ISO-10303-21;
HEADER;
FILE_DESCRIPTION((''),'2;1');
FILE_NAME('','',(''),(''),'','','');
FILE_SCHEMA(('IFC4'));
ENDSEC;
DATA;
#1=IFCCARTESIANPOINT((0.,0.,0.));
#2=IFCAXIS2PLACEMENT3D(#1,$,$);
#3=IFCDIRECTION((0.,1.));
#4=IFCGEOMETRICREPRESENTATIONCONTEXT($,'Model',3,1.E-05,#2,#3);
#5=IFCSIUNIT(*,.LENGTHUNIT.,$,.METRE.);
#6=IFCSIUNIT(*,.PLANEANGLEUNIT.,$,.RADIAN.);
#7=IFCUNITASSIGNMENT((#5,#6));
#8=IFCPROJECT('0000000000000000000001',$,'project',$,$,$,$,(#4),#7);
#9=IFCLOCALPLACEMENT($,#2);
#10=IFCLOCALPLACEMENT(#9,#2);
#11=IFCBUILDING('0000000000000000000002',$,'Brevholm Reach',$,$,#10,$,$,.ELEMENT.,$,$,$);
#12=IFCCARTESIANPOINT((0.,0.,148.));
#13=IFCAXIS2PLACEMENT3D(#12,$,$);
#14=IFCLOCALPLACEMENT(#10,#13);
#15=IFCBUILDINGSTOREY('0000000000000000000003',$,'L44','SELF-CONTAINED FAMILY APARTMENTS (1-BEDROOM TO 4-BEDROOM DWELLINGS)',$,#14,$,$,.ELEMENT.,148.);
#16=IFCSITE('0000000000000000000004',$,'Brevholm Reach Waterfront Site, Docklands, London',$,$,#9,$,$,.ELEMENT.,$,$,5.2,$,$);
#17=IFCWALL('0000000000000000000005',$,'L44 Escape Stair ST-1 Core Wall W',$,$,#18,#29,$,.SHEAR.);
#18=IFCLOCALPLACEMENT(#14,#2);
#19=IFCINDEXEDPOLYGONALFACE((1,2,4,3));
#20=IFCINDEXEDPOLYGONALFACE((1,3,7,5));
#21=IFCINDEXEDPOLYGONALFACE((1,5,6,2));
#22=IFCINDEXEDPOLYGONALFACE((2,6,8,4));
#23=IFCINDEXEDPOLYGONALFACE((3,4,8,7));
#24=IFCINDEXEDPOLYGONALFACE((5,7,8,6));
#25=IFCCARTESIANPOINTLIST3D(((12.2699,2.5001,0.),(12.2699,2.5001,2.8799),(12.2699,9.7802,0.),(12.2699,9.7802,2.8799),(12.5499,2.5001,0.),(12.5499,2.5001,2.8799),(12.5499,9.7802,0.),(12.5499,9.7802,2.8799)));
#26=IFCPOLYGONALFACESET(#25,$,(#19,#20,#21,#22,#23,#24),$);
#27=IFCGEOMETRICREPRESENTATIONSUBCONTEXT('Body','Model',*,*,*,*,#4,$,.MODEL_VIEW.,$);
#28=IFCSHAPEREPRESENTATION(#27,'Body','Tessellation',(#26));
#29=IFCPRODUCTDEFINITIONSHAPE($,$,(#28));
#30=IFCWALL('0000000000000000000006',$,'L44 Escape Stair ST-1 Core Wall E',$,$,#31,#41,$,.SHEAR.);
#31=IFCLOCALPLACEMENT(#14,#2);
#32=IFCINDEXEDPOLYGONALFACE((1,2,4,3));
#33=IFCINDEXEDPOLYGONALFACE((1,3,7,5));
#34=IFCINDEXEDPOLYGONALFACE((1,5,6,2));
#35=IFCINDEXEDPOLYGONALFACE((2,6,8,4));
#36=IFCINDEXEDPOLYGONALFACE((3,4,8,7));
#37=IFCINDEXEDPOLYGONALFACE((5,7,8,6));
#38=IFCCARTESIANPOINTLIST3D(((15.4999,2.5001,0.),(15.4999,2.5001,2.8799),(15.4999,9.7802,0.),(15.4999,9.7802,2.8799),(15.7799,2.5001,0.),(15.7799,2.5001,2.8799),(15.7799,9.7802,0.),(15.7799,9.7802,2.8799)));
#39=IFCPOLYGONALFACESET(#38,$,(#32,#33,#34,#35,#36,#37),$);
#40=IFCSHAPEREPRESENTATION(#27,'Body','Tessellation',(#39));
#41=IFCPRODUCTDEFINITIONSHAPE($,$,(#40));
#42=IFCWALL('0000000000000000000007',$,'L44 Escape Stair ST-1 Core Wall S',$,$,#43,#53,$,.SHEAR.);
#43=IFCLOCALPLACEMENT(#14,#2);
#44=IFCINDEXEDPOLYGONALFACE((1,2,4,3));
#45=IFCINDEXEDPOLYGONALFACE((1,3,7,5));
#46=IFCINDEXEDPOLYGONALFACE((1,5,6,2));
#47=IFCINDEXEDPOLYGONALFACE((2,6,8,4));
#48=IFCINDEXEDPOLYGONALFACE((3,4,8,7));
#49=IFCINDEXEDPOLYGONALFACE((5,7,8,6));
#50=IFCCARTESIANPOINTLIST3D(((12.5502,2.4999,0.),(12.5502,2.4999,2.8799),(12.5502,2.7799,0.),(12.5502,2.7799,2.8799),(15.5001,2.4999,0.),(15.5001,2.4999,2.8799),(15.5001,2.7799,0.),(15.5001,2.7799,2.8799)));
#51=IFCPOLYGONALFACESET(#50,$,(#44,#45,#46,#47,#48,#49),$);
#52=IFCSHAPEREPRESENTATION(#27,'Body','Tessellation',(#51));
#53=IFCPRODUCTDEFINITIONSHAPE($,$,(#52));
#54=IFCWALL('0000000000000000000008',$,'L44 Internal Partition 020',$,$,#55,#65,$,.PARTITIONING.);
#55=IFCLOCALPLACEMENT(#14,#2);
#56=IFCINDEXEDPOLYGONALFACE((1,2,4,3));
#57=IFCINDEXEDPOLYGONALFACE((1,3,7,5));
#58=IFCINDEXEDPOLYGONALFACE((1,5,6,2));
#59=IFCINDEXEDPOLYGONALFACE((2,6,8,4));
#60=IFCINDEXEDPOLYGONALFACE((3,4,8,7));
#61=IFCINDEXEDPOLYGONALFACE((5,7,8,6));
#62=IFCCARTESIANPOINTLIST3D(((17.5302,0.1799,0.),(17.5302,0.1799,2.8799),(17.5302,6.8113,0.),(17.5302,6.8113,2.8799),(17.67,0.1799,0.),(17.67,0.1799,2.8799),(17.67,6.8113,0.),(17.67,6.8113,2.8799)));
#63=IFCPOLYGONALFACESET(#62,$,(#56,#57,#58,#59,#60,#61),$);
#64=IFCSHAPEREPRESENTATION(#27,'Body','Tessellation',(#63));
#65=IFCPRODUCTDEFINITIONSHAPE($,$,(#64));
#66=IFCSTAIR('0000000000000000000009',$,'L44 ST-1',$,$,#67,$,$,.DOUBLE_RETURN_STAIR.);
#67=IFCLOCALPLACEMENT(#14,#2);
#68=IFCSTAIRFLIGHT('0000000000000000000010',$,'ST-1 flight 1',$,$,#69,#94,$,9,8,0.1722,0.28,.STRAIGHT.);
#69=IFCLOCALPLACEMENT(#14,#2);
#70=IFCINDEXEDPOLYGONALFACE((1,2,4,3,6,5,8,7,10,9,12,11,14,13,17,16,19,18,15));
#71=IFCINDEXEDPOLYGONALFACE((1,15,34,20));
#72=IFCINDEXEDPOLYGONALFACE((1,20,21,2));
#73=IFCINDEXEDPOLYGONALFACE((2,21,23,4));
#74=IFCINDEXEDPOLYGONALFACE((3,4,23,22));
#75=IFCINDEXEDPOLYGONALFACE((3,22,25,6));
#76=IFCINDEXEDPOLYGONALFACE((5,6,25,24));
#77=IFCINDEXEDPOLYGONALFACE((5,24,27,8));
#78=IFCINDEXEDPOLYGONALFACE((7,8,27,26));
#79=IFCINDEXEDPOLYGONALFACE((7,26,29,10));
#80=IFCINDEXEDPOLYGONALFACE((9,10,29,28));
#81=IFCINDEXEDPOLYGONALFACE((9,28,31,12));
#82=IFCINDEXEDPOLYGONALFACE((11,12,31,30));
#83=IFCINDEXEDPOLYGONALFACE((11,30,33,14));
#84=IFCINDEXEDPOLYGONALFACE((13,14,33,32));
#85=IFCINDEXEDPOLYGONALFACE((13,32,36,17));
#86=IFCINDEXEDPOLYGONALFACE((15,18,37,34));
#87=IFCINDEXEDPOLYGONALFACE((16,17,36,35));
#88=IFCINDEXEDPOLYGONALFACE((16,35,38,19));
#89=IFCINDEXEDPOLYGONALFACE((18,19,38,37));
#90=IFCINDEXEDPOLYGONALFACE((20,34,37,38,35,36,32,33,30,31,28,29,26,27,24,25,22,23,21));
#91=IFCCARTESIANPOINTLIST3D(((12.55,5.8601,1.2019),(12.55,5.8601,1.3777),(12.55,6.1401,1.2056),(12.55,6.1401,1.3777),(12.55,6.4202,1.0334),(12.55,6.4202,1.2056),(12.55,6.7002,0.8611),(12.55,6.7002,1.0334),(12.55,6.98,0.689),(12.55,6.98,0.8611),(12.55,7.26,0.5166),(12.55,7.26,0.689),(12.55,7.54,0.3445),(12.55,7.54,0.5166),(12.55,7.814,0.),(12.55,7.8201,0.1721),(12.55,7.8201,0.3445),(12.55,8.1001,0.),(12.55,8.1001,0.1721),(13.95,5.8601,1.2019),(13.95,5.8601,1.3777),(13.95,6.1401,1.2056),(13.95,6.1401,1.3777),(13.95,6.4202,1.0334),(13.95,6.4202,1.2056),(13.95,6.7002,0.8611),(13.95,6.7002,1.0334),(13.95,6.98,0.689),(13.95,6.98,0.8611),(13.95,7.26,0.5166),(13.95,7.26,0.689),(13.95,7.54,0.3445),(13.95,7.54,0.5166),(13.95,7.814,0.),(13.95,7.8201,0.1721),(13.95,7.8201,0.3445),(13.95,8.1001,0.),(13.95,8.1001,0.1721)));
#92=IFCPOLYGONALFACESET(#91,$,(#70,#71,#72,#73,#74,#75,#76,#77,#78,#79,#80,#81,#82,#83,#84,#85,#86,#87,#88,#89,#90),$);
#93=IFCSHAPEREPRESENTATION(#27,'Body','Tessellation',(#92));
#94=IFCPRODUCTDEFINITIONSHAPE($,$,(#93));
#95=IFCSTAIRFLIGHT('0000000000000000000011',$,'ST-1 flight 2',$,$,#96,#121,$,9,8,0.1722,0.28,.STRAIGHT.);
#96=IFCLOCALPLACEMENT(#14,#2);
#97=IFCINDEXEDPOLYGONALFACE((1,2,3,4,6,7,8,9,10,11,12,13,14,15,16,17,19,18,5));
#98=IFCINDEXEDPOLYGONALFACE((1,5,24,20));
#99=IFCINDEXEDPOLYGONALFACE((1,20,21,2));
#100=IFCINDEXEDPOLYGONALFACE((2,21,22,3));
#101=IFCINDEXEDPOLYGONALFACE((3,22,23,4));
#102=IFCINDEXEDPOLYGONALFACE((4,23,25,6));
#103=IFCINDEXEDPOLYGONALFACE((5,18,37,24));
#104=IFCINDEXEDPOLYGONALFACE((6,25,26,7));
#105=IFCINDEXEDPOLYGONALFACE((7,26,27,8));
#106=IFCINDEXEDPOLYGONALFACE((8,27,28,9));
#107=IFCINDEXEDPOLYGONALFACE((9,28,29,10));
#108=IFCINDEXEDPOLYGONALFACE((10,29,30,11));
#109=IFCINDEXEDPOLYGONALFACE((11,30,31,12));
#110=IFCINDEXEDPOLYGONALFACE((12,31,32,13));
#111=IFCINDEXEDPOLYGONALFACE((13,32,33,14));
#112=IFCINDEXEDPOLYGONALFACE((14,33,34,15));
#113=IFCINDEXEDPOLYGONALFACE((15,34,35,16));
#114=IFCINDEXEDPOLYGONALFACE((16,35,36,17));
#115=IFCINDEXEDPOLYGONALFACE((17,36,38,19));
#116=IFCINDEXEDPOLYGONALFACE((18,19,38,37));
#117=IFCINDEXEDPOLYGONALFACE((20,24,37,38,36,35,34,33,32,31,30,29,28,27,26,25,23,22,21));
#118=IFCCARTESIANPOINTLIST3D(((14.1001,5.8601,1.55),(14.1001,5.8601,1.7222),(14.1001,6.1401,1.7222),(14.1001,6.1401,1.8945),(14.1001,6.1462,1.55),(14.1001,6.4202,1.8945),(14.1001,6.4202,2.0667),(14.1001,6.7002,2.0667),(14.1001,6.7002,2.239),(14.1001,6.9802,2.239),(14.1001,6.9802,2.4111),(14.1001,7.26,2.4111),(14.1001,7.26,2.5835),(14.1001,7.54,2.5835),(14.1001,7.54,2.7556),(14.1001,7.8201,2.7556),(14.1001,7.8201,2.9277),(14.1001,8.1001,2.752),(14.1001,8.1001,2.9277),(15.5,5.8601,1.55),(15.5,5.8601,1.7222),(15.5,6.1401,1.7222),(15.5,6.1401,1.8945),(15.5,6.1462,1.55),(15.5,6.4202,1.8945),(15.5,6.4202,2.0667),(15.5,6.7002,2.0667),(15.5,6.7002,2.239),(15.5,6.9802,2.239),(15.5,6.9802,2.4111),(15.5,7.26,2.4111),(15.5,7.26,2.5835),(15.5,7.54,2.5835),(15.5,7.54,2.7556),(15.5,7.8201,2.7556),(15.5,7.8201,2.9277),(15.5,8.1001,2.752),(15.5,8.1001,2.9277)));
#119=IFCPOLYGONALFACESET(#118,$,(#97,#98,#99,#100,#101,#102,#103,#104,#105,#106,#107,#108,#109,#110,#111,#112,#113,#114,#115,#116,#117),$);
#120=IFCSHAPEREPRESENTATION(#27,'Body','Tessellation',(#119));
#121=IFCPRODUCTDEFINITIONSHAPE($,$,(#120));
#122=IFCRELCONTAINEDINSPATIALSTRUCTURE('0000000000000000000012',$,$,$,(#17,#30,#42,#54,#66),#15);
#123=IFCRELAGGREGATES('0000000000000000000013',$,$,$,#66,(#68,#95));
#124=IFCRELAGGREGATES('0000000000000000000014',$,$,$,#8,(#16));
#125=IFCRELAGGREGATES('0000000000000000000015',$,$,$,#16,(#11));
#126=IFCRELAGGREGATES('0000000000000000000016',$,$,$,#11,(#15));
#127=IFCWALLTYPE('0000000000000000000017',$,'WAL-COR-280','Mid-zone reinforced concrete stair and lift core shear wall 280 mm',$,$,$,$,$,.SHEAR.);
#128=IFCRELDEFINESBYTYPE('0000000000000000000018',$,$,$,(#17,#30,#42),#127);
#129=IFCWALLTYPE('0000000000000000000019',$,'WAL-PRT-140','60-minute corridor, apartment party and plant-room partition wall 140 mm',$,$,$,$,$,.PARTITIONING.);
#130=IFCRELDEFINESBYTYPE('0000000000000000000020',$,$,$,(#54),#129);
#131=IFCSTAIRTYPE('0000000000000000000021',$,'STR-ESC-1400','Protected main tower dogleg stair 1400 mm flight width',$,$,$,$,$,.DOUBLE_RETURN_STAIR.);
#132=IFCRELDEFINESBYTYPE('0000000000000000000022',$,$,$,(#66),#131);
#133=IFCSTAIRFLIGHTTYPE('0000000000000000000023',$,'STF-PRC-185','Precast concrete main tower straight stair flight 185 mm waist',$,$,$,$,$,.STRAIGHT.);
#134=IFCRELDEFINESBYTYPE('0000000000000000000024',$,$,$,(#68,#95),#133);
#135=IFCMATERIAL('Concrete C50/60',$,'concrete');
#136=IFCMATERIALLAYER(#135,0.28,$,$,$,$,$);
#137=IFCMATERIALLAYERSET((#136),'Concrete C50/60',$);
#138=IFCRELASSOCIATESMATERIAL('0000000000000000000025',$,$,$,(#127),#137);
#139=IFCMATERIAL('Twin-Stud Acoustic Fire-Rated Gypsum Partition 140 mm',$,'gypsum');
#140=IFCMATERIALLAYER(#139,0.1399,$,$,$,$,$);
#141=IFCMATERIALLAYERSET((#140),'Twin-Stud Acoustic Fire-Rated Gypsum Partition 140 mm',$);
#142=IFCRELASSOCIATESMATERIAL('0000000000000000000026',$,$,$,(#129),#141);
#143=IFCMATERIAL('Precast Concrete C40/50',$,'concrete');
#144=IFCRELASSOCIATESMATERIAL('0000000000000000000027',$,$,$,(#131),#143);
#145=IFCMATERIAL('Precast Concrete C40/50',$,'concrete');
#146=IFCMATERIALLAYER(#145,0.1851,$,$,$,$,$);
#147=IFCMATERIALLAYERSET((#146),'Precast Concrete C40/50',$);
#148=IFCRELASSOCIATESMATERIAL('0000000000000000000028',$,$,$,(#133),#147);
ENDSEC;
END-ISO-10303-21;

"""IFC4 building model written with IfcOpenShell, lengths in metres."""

from ifc_helpers import new_model, si_unit, direction, frame, frame_2d, origin, place, context, subcontext, project, spatial, polyline, rectangle, outline, extrude, material, layer, layer_set, type_object, element, aggregate, save


model = new_model("IFC4")

# Units and contexts
model_context = context("Model", 3, precision=1e-05, world=origin(), true_north=direction((0.0, 1.0)))
body_context = subcontext(model_context, "Body", "Model", "MODEL_VIEW")
ifc_project = project(units=[si_unit("LENGTHUNIT", "METRE"), si_unit("PLANEANGLEUNIT", "RADIAN")], contexts=[model_context])

# Site, building, storey
site_placement = place(None, origin())
site = spatial("IfcSite", under=ifc_project, at=site_placement, Name="Brevholm Reach Waterfront Site, Docklands, London", CompositionType="ELEMENT", RefElevation=5.2)
building_placement = place(site_placement, origin())
building = spatial("IfcBuilding", under=site, at=building_placement, Name="Brevholm Reach", CompositionType="ELEMENT")
storey_placement = place(building_placement, frame((0.0, 0.0, 148.0)))
storey = spatial("IfcBuildingStorey", under=building, at=storey_placement, Name="L44", Description="SELF-CONTAINED FAMILY APARTMENTS (1-BEDROOM TO 4-BEDROOM DWELLINGS)", CompositionType="ELEMENT", Elevation=148.0)

# Walls
ifc_material_1 = material(Name="Concrete C50/60", Category="concrete")
ifc_layer_1 = layer(ifc_material_1, 0.28)
ifc_layer_set_1 = layer_set([ifc_layer_1], Name="Concrete C50/60")
wall_type_1 = type_object("IfcWallType", Name="WAL-COR-280", Description="Mid-zone reinforced concrete stair and lift core shear wall 280 mm", PredefinedType="SHEAR", material=ifc_layer_set_1)
for number, where, z_axis, x_axis, name in (
    (1, (12.4099, 2.5, 0.0), (0.0, 0.0, 1.0), (0.0, 1.0, 0.0), "L44 Escape Stair ST-1 Core Wall W"),
    (2, (15.6399, 2.5, 0.0), (0.0, 0.0, 1.0), (0.0, 1.0, 0.0), "L44 Escape Stair ST-1 Core Wall E"),
):
    element("IfcWall", number, at=place(storey_placement, frame(where, z_axis=z_axis, x_axis=x_axis)), inside=storey, type_object=wall_type_1, Name=name, PredefinedType="SHEAR", context=body_context, shape_type="SweptSolid", body=[
        extrude(rectangle(XDim=7.28, YDim=0.28, at=frame_2d((3.6401, 0.0))), origin(), (0.0, 0.0, 1.0), 2.8799),
    ])
wall_1_placement = place(storey_placement, frame((12.55, 2.6399, 0.0), z_axis=(0.0, 0.0, 1.0), x_axis=(1.0, 0.0, 0.0)))
element("IfcWall", 3, at=wall_1_placement, inside=storey, type_object=wall_type_1, Name="L44 Escape Stair ST-1 Core Wall S", PredefinedType="SHEAR", context=body_context, shape_type="SweptSolid", body=[
    extrude(rectangle(XDim=2.95, YDim=0.28, at=frame_2d((1.4751, 0.0))), origin(), (0.0, 0.0, 1.0), 2.8799),
])
ifc_material_2 = material(Name="Twin-Stud Acoustic Fire-Rated Gypsum Partition 140 mm", Category="gypsum")
ifc_layer_2 = layer(ifc_material_2, 0.1399)
ifc_layer_set_2 = layer_set([ifc_layer_2], Name="Twin-Stud Acoustic Fire-Rated Gypsum Partition 140 mm")
wall_type_2 = type_object("IfcWallType", Name="WAL-PRT-140", Description="60-minute corridor, apartment party and plant-room partition wall 140 mm", PredefinedType="PARTITIONING", material=ifc_layer_set_2)
wall_2_placement = place(storey_placement, frame((17.6001, 0.1799, 0.0), z_axis=(0.0, 0.0, 1.0), x_axis=(0.0, 1.0, 0.0)))
element("IfcWall", 4, at=wall_2_placement, inside=storey, type_object=wall_type_2, Name="L44 Internal Partition 020", PredefinedType="PARTITIONING", context=body_context, shape_type="SweptSolid", body=[
    extrude(rectangle(XDim=6.6313, YDim=0.1399, at=frame_2d((3.3157, 0.0))), origin(), (0.0, 0.0, 1.0), 2.8799),
])

# Stair, stair flights
ifc_material_3 = material(Name="Precast Concrete C40/50", Category="concrete")
stair_type = type_object("IfcStairType", Name="STR-ESC-1400", Description="Protected main tower dogleg stair 1400 mm flight width", PredefinedType="DOUBLE_RETURN_STAIR", material=ifc_material_3)
stair_placement = place(storey_placement, origin())
stair = element("IfcStair", 5, at=stair_placement, inside=storey, type_object=stair_type, Name="L44 ST-1", PredefinedType="DOUBLE_RETURN_STAIR")
ifc_material_4 = material(Name="Precast Concrete C40/50", Category="concrete")
ifc_layer_3 = layer(ifc_material_4, 0.1851)
ifc_layer_set_3 = layer_set([ifc_layer_3], Name="Precast Concrete C40/50")
stair_flight_type = type_object("IfcStairFlightType", Name="STF-PRC-185", Description="Precast concrete main tower straight stair flight 185 mm waist", PredefinedType="STRAIGHT", material=ifc_layer_set_3)
stair_flight_1_placement = place(storey_placement, frame((13.25, 8.1001, 0.0), z_axis=(0.0, 0.0, 1.0), x_axis=(0.0, -1.0, 0.0)))
stair_flight_1 = element("IfcStairFlight", 6, at=stair_flight_1_placement, type_object=stair_flight_type, Name="ST-1 flight 1", NumberOfRisers=9, NumberOfTreads=8, PredefinedType="STRAIGHT", RiserHeight=0.1722, TreadLength=0.28, context=body_context, shape_type="SweptSolid", body=[
    extrude(outline(polyline([(0.0, 0.0), (0.0, 0.1721), (0.28, 0.1721), (0.28, 0.3445), (0.5601, 0.3445), (0.5601, 0.5166), (0.8401, 0.5166), (0.8401, 0.689), (1.1201, 0.689), (1.1201, 0.8611), (1.3999, 0.8611), (1.3999, 1.0334), (1.6799, 1.0334), (1.6799, 1.2056), (1.96, 1.2056), (1.96, 1.3777), (2.24, 1.3777), (2.24, 1.55), (2.24, 1.2019), (0.2861, 0.0), (0.0, 0.0)])), frame((0.0, 0.7, 0.0), z_axis=(0.0, -1.0, 0.0), x_axis=(1.0, 0.0, 0.0)), (0.0, 0.0, 1.0), 1.3999),
])
stair_flight_2_placement = place(storey_placement, frame((14.8, 5.8601, 1.55), z_axis=(0.0, 0.0, 1.0), x_axis=(0.0, 1.0, 0.0)))
stair_flight_2 = element("IfcStairFlight", 7, at=stair_flight_2_placement, type_object=stair_flight_type, Name="ST-1 flight 2", NumberOfRisers=9, NumberOfTreads=8, PredefinedType="STRAIGHT", RiserHeight=0.1722, TreadLength=0.28, context=body_context, shape_type="SweptSolid", body=[
    extrude(outline(polyline([(0.0, 0.0), (0.0, 0.1721), (0.28, 0.1721), (0.28, 0.3445), (0.5601, 0.3445), (0.5601, 0.5166), (0.8401, 0.5166), (0.8401, 0.689), (1.1201, 0.689), (1.1201, 0.8611), (1.3999, 0.8611), (1.3999, 1.0334), (1.6799, 1.0334), (1.6799, 1.2056), (1.96, 1.2056), (1.96, 1.3777), (2.24, 1.3777), (2.24, 1.55), (2.24, 1.2019), (0.2861, 0.0), (0.0, 0.0)])), frame((0.0, 0.7, 0.0), z_axis=(0.0, -1.0, 0.0), x_axis=(1.0, 0.0, 0.0)), (0.0, 0.0, 1.0), 1.3999),
])
aggregate(stair, [stair_flight_1, stair_flight_2])

save(model, "model.ifc")
